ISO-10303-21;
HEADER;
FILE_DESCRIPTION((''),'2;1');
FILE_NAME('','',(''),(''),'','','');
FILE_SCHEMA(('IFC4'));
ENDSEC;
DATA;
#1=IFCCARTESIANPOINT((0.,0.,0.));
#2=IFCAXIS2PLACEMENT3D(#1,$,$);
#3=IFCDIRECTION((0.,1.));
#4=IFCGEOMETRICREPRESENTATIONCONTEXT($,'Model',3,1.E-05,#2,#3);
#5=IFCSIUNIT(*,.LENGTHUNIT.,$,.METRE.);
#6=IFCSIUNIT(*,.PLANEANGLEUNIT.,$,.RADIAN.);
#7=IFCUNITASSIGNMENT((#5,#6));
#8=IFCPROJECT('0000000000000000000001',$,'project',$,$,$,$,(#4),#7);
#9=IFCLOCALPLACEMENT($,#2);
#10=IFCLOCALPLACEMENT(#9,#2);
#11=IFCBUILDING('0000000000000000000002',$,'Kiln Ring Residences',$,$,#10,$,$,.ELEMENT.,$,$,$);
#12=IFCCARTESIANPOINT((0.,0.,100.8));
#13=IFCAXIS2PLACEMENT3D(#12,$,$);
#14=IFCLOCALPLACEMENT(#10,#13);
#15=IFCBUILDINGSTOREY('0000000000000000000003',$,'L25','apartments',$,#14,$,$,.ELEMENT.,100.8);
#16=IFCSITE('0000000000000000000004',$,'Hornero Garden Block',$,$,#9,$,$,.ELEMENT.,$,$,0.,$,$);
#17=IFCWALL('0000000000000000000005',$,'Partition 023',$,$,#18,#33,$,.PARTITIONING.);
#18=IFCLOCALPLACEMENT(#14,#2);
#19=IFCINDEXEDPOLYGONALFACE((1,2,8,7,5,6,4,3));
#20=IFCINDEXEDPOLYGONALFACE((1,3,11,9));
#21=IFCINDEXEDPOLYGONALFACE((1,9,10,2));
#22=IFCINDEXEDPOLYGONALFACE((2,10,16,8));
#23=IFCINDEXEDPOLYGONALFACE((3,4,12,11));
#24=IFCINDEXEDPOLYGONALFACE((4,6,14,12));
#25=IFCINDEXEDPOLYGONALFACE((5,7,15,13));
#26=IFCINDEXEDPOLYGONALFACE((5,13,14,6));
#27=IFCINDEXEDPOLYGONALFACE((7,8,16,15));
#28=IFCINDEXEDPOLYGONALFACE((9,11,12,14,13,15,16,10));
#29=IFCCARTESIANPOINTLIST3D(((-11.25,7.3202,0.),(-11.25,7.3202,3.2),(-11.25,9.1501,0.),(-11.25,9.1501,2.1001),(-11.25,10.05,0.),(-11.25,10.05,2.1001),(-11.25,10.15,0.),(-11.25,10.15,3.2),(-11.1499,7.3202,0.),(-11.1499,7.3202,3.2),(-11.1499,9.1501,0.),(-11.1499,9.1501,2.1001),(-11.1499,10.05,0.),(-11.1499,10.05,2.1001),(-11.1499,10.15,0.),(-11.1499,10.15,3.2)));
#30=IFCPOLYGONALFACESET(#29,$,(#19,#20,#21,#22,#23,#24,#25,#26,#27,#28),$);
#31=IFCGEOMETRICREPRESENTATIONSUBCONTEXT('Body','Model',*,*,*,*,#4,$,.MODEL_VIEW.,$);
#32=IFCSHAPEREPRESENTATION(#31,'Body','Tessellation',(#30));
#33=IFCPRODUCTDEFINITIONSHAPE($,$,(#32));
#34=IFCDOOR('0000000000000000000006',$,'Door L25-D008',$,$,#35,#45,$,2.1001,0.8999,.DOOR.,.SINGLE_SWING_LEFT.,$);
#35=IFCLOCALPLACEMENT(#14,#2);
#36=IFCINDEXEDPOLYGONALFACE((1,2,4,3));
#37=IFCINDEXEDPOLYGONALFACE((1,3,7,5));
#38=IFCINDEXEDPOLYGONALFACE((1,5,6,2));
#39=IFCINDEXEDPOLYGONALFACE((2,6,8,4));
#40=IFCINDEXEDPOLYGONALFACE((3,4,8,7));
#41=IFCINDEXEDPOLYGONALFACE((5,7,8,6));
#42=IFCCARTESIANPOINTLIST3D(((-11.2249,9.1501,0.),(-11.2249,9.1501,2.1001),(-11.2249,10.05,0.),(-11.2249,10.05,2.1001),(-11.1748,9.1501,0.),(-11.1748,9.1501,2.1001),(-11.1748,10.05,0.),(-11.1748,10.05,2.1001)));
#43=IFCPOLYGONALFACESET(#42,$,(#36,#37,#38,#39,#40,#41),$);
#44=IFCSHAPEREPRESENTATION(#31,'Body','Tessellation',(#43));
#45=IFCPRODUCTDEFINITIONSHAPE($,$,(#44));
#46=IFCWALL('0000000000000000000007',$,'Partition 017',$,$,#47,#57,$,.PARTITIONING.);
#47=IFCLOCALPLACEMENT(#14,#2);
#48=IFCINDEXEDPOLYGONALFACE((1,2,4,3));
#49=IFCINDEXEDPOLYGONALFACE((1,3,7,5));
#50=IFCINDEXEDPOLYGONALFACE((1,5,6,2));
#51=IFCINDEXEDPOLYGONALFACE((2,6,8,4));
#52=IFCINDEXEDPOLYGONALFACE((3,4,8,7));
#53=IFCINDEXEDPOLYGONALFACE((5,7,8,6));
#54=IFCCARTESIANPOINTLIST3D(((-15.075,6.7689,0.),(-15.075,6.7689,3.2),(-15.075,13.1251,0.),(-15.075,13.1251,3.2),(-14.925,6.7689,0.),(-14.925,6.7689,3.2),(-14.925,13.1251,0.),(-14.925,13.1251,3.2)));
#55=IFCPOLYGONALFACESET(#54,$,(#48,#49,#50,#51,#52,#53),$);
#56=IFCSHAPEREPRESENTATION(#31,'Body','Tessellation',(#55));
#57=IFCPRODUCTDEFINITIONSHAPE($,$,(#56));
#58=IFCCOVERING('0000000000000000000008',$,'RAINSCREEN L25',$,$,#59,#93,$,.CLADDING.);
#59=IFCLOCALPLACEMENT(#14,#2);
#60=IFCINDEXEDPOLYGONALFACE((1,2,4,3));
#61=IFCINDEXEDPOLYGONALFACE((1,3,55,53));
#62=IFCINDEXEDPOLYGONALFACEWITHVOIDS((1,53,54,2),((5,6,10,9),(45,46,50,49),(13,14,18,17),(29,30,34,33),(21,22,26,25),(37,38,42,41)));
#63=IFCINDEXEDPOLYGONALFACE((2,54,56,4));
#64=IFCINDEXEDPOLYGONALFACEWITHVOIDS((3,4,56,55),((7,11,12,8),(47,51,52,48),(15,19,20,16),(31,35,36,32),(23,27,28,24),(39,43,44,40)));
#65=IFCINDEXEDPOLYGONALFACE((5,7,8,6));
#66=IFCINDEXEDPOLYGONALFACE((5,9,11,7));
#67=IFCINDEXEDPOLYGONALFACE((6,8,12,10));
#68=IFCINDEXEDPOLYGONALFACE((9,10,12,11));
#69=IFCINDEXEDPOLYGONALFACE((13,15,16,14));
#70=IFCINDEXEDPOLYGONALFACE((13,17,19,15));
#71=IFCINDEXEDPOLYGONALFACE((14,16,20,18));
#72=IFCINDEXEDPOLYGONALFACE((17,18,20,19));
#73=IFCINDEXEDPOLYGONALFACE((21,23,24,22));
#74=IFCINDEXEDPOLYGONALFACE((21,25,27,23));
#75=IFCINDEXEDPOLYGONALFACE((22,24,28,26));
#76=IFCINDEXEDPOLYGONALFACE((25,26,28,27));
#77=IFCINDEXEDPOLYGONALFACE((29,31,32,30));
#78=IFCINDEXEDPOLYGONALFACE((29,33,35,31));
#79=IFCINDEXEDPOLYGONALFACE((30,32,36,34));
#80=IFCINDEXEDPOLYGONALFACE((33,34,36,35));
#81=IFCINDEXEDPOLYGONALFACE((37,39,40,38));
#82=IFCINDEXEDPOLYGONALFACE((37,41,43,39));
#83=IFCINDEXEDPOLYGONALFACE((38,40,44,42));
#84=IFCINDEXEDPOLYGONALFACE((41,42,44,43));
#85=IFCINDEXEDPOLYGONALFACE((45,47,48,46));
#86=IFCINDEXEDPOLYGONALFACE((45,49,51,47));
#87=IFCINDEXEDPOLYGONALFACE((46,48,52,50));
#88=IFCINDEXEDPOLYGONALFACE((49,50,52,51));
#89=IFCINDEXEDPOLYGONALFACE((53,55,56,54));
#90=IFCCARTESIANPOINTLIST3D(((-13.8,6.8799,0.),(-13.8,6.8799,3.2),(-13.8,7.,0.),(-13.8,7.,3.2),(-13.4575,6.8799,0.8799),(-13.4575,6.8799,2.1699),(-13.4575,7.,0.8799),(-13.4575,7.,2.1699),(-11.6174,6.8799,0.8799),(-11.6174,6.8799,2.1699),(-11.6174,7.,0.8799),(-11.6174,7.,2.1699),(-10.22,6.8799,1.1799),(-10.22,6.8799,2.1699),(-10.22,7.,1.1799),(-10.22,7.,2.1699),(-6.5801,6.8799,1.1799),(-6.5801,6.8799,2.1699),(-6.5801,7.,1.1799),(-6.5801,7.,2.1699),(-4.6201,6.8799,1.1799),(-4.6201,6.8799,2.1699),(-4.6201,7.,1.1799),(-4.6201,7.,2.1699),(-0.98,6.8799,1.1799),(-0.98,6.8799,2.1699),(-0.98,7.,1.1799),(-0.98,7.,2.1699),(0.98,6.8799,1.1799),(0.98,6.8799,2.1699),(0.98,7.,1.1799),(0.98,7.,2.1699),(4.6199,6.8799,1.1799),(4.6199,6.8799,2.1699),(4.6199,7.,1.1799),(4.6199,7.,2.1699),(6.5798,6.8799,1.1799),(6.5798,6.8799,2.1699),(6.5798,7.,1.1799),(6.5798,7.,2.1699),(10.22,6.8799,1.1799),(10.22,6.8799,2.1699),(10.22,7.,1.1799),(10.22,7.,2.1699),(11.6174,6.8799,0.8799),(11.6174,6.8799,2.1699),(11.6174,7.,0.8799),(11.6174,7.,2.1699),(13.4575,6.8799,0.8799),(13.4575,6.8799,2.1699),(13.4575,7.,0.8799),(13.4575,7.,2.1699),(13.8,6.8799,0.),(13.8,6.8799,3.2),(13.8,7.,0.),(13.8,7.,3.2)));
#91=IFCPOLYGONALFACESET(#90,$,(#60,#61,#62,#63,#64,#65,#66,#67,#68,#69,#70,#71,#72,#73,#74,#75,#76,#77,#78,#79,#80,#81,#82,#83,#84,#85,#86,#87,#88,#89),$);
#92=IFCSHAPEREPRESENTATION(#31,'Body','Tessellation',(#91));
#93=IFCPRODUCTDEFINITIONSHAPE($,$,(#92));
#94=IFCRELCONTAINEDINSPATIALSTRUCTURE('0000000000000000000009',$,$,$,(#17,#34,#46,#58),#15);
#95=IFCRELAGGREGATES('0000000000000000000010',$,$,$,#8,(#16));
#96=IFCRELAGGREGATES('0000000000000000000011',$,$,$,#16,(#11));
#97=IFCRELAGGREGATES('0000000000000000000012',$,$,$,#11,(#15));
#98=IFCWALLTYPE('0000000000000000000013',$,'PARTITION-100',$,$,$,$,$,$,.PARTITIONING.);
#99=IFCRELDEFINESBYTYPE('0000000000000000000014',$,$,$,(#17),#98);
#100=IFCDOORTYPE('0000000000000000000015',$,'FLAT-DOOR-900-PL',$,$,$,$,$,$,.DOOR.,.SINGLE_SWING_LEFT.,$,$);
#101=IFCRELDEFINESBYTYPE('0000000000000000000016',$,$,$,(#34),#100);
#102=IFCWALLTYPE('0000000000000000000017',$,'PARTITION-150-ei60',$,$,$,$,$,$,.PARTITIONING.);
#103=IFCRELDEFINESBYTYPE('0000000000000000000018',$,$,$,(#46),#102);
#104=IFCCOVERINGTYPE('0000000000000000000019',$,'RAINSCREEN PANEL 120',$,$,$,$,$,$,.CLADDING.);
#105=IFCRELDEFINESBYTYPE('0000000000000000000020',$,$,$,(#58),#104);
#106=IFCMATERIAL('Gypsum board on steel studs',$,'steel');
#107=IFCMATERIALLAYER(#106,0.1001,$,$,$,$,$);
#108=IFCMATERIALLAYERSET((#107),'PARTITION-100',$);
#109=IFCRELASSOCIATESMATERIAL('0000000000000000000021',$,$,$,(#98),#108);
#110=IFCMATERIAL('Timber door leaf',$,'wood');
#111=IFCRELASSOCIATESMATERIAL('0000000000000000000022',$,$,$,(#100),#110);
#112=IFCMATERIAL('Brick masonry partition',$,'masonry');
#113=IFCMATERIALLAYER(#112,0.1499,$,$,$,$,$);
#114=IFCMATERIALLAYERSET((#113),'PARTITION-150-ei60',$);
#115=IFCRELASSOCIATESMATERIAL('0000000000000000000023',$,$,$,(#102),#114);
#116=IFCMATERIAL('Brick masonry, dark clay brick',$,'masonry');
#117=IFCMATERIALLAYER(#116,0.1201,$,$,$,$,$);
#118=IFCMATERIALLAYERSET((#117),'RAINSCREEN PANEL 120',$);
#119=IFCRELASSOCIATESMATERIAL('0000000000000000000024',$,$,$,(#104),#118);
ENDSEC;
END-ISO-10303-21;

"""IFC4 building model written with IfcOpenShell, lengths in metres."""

from ifc_helpers import new_model, si_unit, direction, frame, frame_2d, origin, place, context, subcontext, project, spatial, polyline, rectangle, outline, extrude, material, layer, layer_set, type_object, element, fill, save


model = new_model("IFC4")

# Units and contexts
model_context = context("Model", 3, precision=1e-05, world=origin(), true_north=direction((0.0, 1.0)))
body_context = subcontext(model_context, "Body", "Model", "MODEL_VIEW")
ifc_project = project(units=[si_unit("LENGTHUNIT", "METRE"), si_unit("PLANEANGLEUNIT", "RADIAN")], contexts=[model_context])

# Site, building, storey
site_placement = place(None, origin())
site = spatial("IfcSite", under=ifc_project, at=site_placement, Name="Hornero Garden Block", CompositionType="ELEMENT", RefElevation=0.0)
building_placement = place(site_placement, origin())
building = spatial("IfcBuilding", under=site, at=building_placement, Name="Kiln Ring Residences", CompositionType="ELEMENT")
storey_placement = place(building_placement, frame((0.0, 0.0, 100.8)))
storey = spatial("IfcBuildingStorey", under=building, at=storey_placement, Name="L25", Description="apartments", CompositionType="ELEMENT", Elevation=100.8)

# Wall, opening, door
ifc_material_1 = material(Name="Gypsum board on steel studs", Category="steel")
ifc_layer_1 = layer(ifc_material_1, 0.1001)
ifc_layer_set_1 = layer_set([ifc_layer_1], Name="PARTITION-100")
wall_type_1 = type_object("IfcWallType", Name="PARTITION-100", PredefinedType="PARTITIONING", material=ifc_layer_set_1)
wall_1_placement = place(storey_placement, frame((-11.2, 7.3201, 0.0), z_axis=(0.0, 0.0, 1.0), x_axis=(0.0, 1.0, 0.0)))
wall_1 = element("IfcWall", 1, at=wall_1_placement, inside=storey, type_object=wall_type_1, Name="Partition 023", PredefinedType="PARTITIONING", context=body_context, shape_type="SweptSolid", body=[
    extrude(rectangle(XDim=2.8298, YDim=0.1001, at=frame_2d((1.415, 0.0))), origin(), (0.0, 0.0, 1.0), 3.2),
])
opening_1_placement = place(wall_1_placement, frame((1.8301, 0.0, 0.0)))
opening_1 = element("IfcOpeningElement", 2, at=opening_1_placement, cuts=wall_1, PredefinedType="OPENING", context=body_context, shape_type="SweptSolid", body=[
    extrude(rectangle(XDim=0.8999, YDim=2.1001, at=frame_2d((0.45, 1.05))), frame((0.0, 0.0601, 0.0), z_axis=(0.0, -1.0, 0.0), x_axis=(1.0, 0.0, 0.0)), (0.0, 0.0, 1.0), 0.1201),
])
ifc_material_2 = material(Name="Timber door leaf", Category="wood")
door_type = type_object("IfcDoorType", Name="FLAT-DOOR-900-PL", OperationType="SINGLE_SWING_LEFT", PredefinedType="DOOR", material=ifc_material_2)
door_placement = place(opening_1_placement, origin())
door = element("IfcDoor", 3, at=door_placement, inside=storey, type_object=door_type, Name="Door L25-D008", OperationType="SINGLE_SWING_LEFT", OverallHeight=2.1001, OverallWidth=0.8999, PredefinedType="DOOR", context=body_context, shape_type="SweptSolid", body=[
    extrude(rectangle(XDim=0.8999, YDim=2.1001, at=frame_2d((0.45, 1.05))), frame((0.0, 0.0249, 0.0), z_axis=(0.0, -1.0, 0.0), x_axis=(1.0, 0.0, 0.0)), (0.0, 0.0, 1.0), 0.05),
])
fill(opening_1, door)

# Wall
ifc_material_3 = material(Name="Brick masonry partition", Category="masonry")
ifc_layer_2 = layer(ifc_material_3, 0.1499)
ifc_layer_set_2 = layer_set([ifc_layer_2], Name="PARTITION-150-ei60")
wall_type_2 = type_object("IfcWallType", Name="PARTITION-150-ei60", PredefinedType="PARTITIONING", material=ifc_layer_set_2)
wall_2_placement = place(storey_placement, frame((-15.0, 6.7688, 0.0), z_axis=(0.0, 0.0, 1.0), x_axis=(0.0, 1.0, 0.0)))
element("IfcWall", 4, at=wall_2_placement, inside=storey, type_object=wall_type_2, Name="Partition 017", PredefinedType="PARTITIONING", context=body_context, shape_type="SweptSolid", body=[
    extrude(rectangle(XDim=6.3562, YDim=0.1499, at=frame_2d((3.1782, 0.0))), origin(), (0.0, 0.0, 1.0), 3.2),
])

# Covering
ifc_material_4 = material(Name="Brick masonry, dark clay brick", Category="masonry")
ifc_layer_3 = layer(ifc_material_4, 0.1201)
ifc_layer_set_3 = layer_set([ifc_layer_3], Name="RAINSCREEN PANEL 120")
covering_type = type_object("IfcCoveringType", Name="RAINSCREEN PANEL 120", PredefinedType="CLADDING", material=ifc_layer_set_3)
covering_placement = place(storey_placement, frame((-13.8, 6.9399, 0.0), z_axis=(0.0, 0.0, 1.0), x_axis=(1.0, 0.0, 0.0)))
element("IfcCovering", 5, at=covering_placement, inside=storey, type_object=covering_type, Name="RAINSCREEN L25", PredefinedType="CLADDING", context=body_context, shape_type="SweptSolid", body=[
    extrude(outline(polyline([(0.0, 0.0), (27.6001, 0.0), (27.6001, 3.2), (0.0, 3.2), (0.0, 0.0)]), holes=[polyline([(2.1826, 0.8799), (2.1826, 2.1699), (0.3425, 2.1699), (0.3425, 0.8799), (2.1826, 0.8799)]), polyline([(25.4175, 0.8799), (27.2576, 0.8799), (27.2576, 2.1699), (25.4175, 2.1699), (25.4175, 0.8799)]), polyline([(3.5801, 1.1799), (7.22, 1.1799), (7.22, 2.1699), (3.5801, 2.1699), (3.5801, 1.1799)]), polyline([(12.8201, 1.1799), (12.8201, 2.1699), (9.1799, 2.1699), (9.1799, 1.1799), (12.8201, 1.1799)]), polyline([(14.78, 1.1799), (18.4199, 1.1799), (18.4199, 2.1699), (14.78, 2.1699), (14.78, 1.1799)]), polyline([(20.3799, 1.1799), (24.02, 1.1799), (24.02, 2.1699), (20.3799, 2.1699), (20.3799, 1.1799)])]), frame((0.0, 0.0601, 0.0), z_axis=(0.0, -1.0, 0.0), x_axis=(1.0, 0.0, 0.0)), (0.0, 0.0, 1.0), 0.1201),
])

save(model, "model.ifc")
